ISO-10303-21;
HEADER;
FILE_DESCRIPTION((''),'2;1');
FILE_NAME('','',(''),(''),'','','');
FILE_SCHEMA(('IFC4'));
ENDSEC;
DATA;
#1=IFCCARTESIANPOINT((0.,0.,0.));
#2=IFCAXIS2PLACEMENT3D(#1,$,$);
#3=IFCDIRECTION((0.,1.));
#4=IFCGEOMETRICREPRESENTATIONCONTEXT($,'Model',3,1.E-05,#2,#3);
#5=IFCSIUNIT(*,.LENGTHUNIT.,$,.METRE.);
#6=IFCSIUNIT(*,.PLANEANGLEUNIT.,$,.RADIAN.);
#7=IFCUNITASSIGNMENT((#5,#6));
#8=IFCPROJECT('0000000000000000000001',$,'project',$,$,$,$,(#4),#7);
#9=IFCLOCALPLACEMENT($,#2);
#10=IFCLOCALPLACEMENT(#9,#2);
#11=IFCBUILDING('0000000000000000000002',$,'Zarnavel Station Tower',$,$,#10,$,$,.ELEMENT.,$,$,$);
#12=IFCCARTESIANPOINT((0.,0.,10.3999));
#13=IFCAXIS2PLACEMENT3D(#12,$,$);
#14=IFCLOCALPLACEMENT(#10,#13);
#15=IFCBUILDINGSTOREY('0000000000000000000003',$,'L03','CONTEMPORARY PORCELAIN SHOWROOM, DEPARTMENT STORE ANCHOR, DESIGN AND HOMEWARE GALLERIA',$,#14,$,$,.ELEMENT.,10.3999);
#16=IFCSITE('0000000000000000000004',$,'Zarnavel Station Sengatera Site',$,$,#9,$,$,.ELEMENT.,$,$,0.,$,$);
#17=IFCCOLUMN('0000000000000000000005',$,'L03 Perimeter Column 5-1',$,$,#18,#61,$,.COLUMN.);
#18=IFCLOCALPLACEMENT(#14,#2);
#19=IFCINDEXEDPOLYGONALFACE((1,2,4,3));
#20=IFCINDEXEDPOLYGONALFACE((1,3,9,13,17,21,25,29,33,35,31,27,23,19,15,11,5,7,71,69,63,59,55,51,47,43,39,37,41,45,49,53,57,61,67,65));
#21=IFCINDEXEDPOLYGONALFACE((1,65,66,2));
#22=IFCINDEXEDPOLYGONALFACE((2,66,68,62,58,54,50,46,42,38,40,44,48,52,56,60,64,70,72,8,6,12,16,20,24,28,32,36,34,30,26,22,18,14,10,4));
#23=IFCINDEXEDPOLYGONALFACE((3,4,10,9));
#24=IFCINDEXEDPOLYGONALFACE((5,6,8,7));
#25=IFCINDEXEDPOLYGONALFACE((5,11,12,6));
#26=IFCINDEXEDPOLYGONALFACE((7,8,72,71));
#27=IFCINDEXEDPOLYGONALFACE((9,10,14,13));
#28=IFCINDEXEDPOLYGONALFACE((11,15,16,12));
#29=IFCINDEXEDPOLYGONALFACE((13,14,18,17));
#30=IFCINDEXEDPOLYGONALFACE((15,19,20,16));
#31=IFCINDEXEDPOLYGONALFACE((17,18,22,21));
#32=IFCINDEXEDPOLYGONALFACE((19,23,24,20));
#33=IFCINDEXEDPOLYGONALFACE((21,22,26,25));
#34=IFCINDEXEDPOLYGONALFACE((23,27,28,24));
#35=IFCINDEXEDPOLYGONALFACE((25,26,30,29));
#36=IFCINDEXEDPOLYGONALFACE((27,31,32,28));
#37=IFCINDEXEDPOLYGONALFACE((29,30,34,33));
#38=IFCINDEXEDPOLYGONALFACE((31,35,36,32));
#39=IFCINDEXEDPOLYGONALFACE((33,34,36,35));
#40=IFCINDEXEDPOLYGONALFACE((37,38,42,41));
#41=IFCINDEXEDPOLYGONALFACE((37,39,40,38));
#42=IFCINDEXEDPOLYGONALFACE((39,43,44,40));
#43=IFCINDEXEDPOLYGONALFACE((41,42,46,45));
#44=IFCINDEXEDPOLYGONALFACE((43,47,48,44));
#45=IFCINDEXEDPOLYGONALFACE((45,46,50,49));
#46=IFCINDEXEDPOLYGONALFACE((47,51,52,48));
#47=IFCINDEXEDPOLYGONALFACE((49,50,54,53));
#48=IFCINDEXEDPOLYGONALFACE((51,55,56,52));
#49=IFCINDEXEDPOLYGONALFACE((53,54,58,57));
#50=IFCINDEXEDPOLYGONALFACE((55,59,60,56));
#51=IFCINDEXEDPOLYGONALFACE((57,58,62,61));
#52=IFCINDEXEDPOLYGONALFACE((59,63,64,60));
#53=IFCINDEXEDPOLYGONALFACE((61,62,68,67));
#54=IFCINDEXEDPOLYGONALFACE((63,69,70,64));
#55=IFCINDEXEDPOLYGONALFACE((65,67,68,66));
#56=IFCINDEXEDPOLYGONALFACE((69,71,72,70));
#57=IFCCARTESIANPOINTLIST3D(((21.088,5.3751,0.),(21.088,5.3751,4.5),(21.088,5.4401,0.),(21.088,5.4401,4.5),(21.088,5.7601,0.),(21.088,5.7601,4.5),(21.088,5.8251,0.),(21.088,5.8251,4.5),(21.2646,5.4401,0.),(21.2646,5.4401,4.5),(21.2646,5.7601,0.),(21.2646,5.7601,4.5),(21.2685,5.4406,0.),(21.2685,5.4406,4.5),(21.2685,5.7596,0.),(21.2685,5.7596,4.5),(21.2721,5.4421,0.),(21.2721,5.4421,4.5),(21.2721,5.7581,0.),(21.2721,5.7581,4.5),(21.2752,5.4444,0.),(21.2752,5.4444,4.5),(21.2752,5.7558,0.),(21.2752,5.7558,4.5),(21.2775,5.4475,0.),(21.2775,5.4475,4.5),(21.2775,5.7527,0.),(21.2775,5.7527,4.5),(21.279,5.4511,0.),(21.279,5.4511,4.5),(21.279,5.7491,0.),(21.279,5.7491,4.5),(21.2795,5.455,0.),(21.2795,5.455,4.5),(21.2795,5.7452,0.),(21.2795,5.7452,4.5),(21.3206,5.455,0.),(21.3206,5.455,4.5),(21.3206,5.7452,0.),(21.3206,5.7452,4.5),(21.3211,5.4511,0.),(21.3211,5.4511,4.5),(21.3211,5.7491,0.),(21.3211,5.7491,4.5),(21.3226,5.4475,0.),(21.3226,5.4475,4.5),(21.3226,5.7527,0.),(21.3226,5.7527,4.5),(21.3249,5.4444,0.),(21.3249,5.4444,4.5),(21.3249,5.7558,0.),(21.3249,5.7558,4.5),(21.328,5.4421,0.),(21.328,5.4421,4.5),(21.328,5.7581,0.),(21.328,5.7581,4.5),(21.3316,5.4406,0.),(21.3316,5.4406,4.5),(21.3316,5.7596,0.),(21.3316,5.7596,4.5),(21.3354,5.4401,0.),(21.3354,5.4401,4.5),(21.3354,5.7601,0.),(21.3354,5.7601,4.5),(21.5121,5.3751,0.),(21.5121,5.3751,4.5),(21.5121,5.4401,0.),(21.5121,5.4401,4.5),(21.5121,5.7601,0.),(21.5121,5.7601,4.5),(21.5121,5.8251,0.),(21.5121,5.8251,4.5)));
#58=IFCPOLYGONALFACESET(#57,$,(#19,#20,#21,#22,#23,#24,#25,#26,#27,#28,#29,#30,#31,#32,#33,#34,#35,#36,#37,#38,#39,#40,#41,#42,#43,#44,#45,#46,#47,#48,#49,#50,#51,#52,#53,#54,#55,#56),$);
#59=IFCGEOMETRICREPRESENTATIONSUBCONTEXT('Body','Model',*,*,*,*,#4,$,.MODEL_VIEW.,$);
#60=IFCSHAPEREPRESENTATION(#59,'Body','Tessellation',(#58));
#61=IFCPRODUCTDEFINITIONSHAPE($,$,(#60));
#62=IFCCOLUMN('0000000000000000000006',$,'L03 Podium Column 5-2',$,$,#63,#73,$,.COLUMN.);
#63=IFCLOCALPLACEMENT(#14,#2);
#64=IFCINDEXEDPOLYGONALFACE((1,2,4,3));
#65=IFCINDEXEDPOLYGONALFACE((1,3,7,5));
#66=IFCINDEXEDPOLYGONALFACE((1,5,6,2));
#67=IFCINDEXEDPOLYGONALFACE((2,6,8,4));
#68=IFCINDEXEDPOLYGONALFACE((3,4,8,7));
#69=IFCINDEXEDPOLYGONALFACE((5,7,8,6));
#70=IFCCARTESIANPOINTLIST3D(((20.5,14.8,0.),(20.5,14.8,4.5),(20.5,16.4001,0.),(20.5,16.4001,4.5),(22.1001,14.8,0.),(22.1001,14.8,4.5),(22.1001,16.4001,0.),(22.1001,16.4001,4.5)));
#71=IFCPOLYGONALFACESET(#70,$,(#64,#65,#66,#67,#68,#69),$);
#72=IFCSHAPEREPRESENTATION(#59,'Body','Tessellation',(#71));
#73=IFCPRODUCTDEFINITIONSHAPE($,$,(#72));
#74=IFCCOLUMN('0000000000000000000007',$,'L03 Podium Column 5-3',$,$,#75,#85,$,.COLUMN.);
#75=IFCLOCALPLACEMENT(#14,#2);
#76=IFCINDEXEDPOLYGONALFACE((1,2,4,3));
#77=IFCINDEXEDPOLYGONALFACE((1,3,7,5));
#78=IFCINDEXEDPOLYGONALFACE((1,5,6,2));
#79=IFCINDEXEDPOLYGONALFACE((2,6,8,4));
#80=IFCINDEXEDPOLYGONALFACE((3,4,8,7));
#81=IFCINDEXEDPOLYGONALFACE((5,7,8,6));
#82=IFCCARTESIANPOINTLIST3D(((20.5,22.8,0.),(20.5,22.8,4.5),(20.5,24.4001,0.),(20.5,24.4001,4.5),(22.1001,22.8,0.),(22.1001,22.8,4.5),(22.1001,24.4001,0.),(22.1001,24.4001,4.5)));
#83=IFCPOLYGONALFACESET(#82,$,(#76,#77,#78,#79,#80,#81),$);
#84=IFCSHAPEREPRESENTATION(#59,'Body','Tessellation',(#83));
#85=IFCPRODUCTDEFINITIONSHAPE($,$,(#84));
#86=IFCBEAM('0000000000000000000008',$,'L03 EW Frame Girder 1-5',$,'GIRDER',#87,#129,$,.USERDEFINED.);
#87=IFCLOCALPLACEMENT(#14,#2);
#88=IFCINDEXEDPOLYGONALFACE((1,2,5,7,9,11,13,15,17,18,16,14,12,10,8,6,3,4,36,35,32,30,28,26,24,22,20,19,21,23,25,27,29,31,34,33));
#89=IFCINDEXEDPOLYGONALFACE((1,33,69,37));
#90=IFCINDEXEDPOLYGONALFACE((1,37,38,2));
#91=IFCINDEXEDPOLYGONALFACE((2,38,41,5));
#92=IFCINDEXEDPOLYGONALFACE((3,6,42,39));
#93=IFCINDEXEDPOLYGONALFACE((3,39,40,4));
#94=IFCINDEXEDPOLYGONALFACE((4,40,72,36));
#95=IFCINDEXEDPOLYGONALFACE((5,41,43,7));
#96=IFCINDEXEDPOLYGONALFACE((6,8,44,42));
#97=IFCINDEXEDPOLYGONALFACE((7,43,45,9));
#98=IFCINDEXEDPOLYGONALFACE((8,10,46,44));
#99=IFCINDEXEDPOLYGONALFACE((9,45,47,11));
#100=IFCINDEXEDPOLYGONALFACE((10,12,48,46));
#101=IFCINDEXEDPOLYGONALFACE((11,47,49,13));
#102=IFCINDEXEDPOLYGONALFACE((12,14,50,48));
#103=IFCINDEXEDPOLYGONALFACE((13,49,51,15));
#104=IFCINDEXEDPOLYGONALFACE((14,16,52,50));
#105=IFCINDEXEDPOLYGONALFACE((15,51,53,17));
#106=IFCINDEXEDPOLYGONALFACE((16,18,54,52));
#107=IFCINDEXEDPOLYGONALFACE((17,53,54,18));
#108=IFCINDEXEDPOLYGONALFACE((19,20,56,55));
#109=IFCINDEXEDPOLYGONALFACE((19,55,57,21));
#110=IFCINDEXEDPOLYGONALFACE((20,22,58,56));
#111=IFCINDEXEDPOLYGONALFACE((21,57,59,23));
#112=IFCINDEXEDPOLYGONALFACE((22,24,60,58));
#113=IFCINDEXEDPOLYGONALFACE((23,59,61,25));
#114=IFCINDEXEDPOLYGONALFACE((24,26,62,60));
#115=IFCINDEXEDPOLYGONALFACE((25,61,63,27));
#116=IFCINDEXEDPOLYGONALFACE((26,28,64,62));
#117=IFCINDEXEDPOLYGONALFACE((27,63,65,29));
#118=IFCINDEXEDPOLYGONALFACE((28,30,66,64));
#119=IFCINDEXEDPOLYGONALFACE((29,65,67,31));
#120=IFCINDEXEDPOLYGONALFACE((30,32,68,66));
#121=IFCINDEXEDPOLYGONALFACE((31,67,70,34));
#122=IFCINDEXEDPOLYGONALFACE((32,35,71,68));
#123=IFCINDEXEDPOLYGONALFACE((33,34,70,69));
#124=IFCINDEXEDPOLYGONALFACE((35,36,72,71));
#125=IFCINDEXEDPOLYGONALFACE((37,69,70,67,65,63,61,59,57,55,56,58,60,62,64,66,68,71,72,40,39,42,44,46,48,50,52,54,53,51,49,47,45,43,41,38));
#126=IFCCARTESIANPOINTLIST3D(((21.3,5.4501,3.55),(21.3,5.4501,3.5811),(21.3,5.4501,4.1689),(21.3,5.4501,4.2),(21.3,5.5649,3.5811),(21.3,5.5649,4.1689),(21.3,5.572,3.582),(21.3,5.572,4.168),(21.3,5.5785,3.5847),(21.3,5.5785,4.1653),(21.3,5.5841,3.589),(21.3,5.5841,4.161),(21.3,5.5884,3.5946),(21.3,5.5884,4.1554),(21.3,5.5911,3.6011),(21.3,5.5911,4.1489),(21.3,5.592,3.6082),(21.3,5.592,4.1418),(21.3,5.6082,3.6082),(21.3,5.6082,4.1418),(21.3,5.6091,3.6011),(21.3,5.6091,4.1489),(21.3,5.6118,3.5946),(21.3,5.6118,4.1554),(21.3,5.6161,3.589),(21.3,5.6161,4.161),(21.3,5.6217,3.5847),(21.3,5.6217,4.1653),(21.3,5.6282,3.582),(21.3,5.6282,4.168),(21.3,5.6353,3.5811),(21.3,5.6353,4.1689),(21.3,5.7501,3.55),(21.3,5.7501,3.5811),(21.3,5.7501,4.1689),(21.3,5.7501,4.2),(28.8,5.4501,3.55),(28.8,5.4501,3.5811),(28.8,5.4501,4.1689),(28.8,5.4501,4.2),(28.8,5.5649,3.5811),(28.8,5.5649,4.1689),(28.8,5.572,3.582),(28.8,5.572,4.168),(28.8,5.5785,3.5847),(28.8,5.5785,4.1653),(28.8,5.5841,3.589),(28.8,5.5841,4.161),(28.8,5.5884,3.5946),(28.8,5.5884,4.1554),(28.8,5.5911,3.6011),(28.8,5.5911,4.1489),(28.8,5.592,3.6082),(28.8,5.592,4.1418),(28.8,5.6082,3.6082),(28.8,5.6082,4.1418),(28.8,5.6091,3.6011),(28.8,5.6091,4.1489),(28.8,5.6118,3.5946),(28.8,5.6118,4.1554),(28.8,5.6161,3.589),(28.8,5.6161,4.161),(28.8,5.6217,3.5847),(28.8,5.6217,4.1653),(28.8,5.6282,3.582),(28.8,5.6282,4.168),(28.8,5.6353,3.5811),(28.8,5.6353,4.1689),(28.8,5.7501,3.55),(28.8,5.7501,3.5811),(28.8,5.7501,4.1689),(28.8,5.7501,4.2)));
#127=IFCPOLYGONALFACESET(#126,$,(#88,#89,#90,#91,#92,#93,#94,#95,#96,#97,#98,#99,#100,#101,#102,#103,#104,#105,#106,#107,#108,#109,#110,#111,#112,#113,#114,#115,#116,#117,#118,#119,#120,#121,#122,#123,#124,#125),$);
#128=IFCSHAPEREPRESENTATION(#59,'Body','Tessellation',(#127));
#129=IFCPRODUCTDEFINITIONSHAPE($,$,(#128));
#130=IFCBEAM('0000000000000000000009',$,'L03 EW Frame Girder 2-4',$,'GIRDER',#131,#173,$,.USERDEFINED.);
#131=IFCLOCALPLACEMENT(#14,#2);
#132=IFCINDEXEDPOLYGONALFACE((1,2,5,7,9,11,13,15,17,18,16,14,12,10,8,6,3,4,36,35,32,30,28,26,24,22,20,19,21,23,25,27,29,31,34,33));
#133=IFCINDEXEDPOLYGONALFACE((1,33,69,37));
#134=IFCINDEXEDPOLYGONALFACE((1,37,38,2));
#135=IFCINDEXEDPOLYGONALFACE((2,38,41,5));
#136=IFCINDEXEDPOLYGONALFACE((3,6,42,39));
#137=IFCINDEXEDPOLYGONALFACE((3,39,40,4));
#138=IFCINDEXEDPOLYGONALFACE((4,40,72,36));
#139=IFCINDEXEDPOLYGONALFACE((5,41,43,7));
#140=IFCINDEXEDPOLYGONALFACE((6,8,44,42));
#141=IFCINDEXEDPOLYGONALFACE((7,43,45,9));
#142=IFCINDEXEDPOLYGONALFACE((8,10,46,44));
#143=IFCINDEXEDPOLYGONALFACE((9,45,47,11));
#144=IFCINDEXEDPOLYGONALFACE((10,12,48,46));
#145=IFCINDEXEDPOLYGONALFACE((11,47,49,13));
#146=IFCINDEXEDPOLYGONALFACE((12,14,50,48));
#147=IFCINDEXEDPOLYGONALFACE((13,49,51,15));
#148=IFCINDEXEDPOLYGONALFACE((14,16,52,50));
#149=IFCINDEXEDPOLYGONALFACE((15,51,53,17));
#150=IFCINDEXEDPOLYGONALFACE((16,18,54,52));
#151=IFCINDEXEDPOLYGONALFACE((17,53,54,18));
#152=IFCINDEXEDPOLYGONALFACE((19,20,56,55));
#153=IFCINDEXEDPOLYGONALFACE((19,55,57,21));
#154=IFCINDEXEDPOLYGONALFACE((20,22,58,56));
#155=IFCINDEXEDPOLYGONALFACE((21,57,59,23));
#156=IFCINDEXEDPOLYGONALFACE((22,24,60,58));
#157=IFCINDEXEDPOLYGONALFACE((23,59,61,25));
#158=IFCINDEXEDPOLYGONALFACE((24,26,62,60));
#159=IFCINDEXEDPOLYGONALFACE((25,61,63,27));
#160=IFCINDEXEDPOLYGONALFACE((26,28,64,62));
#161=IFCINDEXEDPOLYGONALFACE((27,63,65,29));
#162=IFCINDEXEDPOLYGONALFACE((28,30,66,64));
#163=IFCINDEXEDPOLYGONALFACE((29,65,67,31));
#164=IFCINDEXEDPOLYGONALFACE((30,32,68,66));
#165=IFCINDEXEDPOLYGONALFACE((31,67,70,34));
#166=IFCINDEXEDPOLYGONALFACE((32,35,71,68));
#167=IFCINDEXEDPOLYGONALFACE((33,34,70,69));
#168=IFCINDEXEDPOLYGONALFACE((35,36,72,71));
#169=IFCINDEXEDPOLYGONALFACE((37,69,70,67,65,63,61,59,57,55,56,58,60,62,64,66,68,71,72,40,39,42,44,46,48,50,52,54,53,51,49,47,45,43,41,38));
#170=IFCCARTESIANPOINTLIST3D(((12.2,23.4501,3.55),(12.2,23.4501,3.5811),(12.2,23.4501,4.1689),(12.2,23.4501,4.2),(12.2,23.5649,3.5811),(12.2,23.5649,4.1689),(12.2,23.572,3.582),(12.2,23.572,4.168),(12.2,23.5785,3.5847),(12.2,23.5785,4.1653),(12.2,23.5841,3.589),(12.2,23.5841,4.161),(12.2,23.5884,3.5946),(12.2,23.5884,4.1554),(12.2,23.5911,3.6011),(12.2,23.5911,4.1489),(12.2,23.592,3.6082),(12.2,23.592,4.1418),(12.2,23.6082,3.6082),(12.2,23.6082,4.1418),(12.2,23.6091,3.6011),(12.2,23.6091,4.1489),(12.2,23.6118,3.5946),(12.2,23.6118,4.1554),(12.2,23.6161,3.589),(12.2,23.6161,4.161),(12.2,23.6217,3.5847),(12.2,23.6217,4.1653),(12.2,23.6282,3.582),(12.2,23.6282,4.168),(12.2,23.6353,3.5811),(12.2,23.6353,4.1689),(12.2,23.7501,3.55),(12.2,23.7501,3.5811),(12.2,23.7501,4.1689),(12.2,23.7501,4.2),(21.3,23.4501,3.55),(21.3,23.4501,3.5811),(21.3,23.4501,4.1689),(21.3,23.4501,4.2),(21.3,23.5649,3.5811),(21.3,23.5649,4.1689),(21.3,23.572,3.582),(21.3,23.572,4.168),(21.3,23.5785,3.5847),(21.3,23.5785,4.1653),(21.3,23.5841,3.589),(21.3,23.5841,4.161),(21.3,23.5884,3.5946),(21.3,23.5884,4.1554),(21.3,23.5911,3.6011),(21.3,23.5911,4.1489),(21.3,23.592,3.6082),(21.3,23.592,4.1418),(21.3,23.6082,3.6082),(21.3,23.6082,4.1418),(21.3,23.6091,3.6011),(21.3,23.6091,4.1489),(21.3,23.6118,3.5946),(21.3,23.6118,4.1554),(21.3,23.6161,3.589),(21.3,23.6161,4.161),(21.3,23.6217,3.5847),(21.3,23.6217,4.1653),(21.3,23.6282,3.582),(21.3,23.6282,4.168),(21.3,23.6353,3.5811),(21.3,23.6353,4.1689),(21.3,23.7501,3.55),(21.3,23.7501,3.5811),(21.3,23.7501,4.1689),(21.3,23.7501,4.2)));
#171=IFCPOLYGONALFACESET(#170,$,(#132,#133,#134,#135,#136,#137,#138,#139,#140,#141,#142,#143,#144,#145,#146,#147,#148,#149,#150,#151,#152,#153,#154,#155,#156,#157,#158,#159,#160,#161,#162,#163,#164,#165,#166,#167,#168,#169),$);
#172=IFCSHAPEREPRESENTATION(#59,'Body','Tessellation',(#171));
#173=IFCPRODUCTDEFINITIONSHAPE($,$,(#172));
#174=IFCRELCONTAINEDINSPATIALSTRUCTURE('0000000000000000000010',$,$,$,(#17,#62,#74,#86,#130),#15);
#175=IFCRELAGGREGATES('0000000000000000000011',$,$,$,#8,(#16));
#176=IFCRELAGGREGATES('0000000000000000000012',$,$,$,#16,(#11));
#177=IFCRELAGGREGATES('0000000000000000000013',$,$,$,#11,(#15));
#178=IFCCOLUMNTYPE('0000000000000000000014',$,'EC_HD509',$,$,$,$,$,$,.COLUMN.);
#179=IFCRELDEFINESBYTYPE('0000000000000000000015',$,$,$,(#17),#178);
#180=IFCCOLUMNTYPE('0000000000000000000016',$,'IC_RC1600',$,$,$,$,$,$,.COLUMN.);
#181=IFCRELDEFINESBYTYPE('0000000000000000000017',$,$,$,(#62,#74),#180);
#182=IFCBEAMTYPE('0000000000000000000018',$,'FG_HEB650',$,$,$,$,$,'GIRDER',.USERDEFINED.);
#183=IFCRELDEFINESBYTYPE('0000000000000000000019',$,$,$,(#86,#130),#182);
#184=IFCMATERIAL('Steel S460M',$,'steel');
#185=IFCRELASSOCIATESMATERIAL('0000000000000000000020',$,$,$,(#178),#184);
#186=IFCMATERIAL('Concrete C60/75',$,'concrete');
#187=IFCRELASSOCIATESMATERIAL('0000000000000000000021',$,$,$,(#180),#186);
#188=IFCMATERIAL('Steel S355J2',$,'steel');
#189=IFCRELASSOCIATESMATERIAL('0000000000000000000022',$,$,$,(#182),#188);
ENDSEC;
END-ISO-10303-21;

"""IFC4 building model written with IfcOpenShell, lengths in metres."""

from ifc_helpers import new_model, si_unit, direction, frame, origin, origin_2d, place, context, subcontext, project, spatial, rectangle, i_section, extrude, material, material_profile, profile_set, type_object, element, save


model = new_model("IFC4")

# Units and contexts
model_context = context("Model", 3, precision=1e-05, world=origin(), true_north=direction((0.0, 1.0)))
body_context = subcontext(model_context, "Body", "Model", "MODEL_VIEW")
ifc_project = project(units=[si_unit("LENGTHUNIT", "METRE"), si_unit("PLANEANGLEUNIT", "RADIAN")], contexts=[model_context])

# Site, building, storey
site_placement = place(None, origin())
site = spatial("IfcSite", under=ifc_project, at=site_placement, Name="Zarnavel Station Sengatera Site", CompositionType="ELEMENT", RefElevation=0.0)
building_placement = place(site_placement, origin())
building = spatial("IfcBuilding", under=site, at=building_placement, Name="Zarnavel Station Tower", CompositionType="ELEMENT")
storey_placement = place(building_placement, frame((0.0, 0.0, 10.3999)))
storey = spatial("IfcBuildingStorey", under=building, at=storey_placement, Name="L03", Description="CONTEMPORARY PORCELAIN SHOWROOM, DEPARTMENT STORE ANCHOR, DESIGN AND HOMEWARE GALLERIA", CompositionType="ELEMENT", Elevation=10.3999)

# Columns
ifc_material_1 = material(Name="Steel S460M", Category="steel")
ifc_material_profile_1 = material_profile(ifc_material_1, i_section(OverallWidth=0.4241, OverallDepth=0.45, WebThickness=0.041, FlangeThickness=0.0649, FilletRadius=0.0149, at=origin_2d()), Name="HD400x509")
ifc_profile_set_1 = profile_set([ifc_material_profile_1], Name="Steel S460M")
column_type_1 = type_object("IfcColumnType", Name="EC_HD509", PredefinedType="COLUMN", material=ifc_profile_set_1)
column_placement = place(storey_placement, frame((21.3, 5.6001, 0.0), z_axis=(0.0, 0.0, 1.0), x_axis=(1.0, 0.0, 0.0)))
element("IfcColumn", 1, at=column_placement, inside=storey, type_object=column_type_1, Name="L03 Perimeter Column 5-1", PredefinedType="COLUMN", context=body_context, shape_type="SweptSolid", body=[
    extrude(i_section(OverallWidth=0.4241, OverallDepth=0.45, WebThickness=0.041, FlangeThickness=0.0649, FilletRadius=0.0149, at=origin_2d()), origin(), (0.0, 0.0, 1.0), 4.5),
])
ifc_material_2 = material(Name="Concrete C60/75", Category="concrete")
ifc_material_profile_2 = material_profile(ifc_material_2, rectangle(XDim=1.6001, YDim=1.6001, at=origin_2d()), Name="RC1600x1600")
ifc_profile_set_2 = profile_set([ifc_material_profile_2], Name="Concrete C60/75")
column_type_2 = type_object("IfcColumnType", Name="IC_RC1600", PredefinedType="COLUMN", material=ifc_profile_set_2)
for number, where, z_axis, x_axis, name in (
    (2, (21.3, 15.6001, 0.0), (0.0, 0.0, 1.0), (1.0, 0.0, 0.0), "L03 Podium Column 5-2"),
    (3, (21.3, 23.6001, 0.0), (0.0, 0.0, 1.0), (1.0, 0.0, 0.0), "L03 Podium Column 5-3"),
):
    element("IfcColumn", number, at=place(storey_placement, frame(where, z_axis=z_axis, x_axis=x_axis)), inside=storey, type_object=column_type_2, Name=name, PredefinedType="COLUMN", context=body_context, shape_type="SweptSolid", body=[
        extrude(rectangle(XDim=1.6001, YDim=1.6001, at=origin_2d()), origin(), (0.0, 0.0, 1.0), 4.5),
    ])

# Beams
ifc_material_3 = material(Name="Steel S355J2", Category="steel")
ifc_material_profile_3 = material_profile(ifc_material_3, i_section(OverallWidth=0.3, OverallDepth=0.6499, WebThickness=0.0161, FlangeThickness=0.031, FilletRadius=0.0271, at=origin_2d()), Name="HEB650")
ifc_profile_set_3 = profile_set([ifc_material_profile_3], Name="Steel S355J2")
beam_type_1 = type_object("IfcBeamType", Name="FG_HEB650", ElementType="GIRDER", PredefinedType="USERDEFINED", material=ifc_profile_set_3)
beam_1_placement = place(storey_placement, frame((21.3, 5.6001, 3.875), z_axis=(1.0, 0.0, 0.0), x_axis=(0.0, 1.0, 0.0)))
element("IfcBeam", 4, at=beam_1_placement, inside=storey, type_object=beam_type_1, Name="L03 EW Frame Girder 1-5", ObjectType="GIRDER", PredefinedType="USERDEFINED", context=body_context, shape_type="SweptSolid", body=[
    extrude(i_section(OverallWidth=0.3, OverallDepth=0.6499, WebThickness=0.0161, FlangeThickness=0.031, FilletRadius=0.0271, at=origin_2d()), origin(), (0.0, 0.0, 1.0), 7.5),
])
beam_2_placement = place(storey_placement, frame((12.2, 23.6001, 3.875), z_axis=(1.0, 0.0, 0.0), x_axis=(0.0, 1.0, 0.0)))
element("IfcBeam", 5, at=beam_2_placement, inside=storey, type_object=beam_type_1, Name="L03 EW Frame Girder 2-4", ObjectType="GIRDER", PredefinedType="USERDEFINED", context=body_context, shape_type="SweptSolid", body=[
    extrude(i_section(OverallWidth=0.3, OverallDepth=0.6499, WebThickness=0.0161, FlangeThickness=0.031, FilletRadius=0.0271, at=origin_2d()), origin(), (0.0, 0.0, 1.0), 9.1001),
])

save(model, "model.ifc")
